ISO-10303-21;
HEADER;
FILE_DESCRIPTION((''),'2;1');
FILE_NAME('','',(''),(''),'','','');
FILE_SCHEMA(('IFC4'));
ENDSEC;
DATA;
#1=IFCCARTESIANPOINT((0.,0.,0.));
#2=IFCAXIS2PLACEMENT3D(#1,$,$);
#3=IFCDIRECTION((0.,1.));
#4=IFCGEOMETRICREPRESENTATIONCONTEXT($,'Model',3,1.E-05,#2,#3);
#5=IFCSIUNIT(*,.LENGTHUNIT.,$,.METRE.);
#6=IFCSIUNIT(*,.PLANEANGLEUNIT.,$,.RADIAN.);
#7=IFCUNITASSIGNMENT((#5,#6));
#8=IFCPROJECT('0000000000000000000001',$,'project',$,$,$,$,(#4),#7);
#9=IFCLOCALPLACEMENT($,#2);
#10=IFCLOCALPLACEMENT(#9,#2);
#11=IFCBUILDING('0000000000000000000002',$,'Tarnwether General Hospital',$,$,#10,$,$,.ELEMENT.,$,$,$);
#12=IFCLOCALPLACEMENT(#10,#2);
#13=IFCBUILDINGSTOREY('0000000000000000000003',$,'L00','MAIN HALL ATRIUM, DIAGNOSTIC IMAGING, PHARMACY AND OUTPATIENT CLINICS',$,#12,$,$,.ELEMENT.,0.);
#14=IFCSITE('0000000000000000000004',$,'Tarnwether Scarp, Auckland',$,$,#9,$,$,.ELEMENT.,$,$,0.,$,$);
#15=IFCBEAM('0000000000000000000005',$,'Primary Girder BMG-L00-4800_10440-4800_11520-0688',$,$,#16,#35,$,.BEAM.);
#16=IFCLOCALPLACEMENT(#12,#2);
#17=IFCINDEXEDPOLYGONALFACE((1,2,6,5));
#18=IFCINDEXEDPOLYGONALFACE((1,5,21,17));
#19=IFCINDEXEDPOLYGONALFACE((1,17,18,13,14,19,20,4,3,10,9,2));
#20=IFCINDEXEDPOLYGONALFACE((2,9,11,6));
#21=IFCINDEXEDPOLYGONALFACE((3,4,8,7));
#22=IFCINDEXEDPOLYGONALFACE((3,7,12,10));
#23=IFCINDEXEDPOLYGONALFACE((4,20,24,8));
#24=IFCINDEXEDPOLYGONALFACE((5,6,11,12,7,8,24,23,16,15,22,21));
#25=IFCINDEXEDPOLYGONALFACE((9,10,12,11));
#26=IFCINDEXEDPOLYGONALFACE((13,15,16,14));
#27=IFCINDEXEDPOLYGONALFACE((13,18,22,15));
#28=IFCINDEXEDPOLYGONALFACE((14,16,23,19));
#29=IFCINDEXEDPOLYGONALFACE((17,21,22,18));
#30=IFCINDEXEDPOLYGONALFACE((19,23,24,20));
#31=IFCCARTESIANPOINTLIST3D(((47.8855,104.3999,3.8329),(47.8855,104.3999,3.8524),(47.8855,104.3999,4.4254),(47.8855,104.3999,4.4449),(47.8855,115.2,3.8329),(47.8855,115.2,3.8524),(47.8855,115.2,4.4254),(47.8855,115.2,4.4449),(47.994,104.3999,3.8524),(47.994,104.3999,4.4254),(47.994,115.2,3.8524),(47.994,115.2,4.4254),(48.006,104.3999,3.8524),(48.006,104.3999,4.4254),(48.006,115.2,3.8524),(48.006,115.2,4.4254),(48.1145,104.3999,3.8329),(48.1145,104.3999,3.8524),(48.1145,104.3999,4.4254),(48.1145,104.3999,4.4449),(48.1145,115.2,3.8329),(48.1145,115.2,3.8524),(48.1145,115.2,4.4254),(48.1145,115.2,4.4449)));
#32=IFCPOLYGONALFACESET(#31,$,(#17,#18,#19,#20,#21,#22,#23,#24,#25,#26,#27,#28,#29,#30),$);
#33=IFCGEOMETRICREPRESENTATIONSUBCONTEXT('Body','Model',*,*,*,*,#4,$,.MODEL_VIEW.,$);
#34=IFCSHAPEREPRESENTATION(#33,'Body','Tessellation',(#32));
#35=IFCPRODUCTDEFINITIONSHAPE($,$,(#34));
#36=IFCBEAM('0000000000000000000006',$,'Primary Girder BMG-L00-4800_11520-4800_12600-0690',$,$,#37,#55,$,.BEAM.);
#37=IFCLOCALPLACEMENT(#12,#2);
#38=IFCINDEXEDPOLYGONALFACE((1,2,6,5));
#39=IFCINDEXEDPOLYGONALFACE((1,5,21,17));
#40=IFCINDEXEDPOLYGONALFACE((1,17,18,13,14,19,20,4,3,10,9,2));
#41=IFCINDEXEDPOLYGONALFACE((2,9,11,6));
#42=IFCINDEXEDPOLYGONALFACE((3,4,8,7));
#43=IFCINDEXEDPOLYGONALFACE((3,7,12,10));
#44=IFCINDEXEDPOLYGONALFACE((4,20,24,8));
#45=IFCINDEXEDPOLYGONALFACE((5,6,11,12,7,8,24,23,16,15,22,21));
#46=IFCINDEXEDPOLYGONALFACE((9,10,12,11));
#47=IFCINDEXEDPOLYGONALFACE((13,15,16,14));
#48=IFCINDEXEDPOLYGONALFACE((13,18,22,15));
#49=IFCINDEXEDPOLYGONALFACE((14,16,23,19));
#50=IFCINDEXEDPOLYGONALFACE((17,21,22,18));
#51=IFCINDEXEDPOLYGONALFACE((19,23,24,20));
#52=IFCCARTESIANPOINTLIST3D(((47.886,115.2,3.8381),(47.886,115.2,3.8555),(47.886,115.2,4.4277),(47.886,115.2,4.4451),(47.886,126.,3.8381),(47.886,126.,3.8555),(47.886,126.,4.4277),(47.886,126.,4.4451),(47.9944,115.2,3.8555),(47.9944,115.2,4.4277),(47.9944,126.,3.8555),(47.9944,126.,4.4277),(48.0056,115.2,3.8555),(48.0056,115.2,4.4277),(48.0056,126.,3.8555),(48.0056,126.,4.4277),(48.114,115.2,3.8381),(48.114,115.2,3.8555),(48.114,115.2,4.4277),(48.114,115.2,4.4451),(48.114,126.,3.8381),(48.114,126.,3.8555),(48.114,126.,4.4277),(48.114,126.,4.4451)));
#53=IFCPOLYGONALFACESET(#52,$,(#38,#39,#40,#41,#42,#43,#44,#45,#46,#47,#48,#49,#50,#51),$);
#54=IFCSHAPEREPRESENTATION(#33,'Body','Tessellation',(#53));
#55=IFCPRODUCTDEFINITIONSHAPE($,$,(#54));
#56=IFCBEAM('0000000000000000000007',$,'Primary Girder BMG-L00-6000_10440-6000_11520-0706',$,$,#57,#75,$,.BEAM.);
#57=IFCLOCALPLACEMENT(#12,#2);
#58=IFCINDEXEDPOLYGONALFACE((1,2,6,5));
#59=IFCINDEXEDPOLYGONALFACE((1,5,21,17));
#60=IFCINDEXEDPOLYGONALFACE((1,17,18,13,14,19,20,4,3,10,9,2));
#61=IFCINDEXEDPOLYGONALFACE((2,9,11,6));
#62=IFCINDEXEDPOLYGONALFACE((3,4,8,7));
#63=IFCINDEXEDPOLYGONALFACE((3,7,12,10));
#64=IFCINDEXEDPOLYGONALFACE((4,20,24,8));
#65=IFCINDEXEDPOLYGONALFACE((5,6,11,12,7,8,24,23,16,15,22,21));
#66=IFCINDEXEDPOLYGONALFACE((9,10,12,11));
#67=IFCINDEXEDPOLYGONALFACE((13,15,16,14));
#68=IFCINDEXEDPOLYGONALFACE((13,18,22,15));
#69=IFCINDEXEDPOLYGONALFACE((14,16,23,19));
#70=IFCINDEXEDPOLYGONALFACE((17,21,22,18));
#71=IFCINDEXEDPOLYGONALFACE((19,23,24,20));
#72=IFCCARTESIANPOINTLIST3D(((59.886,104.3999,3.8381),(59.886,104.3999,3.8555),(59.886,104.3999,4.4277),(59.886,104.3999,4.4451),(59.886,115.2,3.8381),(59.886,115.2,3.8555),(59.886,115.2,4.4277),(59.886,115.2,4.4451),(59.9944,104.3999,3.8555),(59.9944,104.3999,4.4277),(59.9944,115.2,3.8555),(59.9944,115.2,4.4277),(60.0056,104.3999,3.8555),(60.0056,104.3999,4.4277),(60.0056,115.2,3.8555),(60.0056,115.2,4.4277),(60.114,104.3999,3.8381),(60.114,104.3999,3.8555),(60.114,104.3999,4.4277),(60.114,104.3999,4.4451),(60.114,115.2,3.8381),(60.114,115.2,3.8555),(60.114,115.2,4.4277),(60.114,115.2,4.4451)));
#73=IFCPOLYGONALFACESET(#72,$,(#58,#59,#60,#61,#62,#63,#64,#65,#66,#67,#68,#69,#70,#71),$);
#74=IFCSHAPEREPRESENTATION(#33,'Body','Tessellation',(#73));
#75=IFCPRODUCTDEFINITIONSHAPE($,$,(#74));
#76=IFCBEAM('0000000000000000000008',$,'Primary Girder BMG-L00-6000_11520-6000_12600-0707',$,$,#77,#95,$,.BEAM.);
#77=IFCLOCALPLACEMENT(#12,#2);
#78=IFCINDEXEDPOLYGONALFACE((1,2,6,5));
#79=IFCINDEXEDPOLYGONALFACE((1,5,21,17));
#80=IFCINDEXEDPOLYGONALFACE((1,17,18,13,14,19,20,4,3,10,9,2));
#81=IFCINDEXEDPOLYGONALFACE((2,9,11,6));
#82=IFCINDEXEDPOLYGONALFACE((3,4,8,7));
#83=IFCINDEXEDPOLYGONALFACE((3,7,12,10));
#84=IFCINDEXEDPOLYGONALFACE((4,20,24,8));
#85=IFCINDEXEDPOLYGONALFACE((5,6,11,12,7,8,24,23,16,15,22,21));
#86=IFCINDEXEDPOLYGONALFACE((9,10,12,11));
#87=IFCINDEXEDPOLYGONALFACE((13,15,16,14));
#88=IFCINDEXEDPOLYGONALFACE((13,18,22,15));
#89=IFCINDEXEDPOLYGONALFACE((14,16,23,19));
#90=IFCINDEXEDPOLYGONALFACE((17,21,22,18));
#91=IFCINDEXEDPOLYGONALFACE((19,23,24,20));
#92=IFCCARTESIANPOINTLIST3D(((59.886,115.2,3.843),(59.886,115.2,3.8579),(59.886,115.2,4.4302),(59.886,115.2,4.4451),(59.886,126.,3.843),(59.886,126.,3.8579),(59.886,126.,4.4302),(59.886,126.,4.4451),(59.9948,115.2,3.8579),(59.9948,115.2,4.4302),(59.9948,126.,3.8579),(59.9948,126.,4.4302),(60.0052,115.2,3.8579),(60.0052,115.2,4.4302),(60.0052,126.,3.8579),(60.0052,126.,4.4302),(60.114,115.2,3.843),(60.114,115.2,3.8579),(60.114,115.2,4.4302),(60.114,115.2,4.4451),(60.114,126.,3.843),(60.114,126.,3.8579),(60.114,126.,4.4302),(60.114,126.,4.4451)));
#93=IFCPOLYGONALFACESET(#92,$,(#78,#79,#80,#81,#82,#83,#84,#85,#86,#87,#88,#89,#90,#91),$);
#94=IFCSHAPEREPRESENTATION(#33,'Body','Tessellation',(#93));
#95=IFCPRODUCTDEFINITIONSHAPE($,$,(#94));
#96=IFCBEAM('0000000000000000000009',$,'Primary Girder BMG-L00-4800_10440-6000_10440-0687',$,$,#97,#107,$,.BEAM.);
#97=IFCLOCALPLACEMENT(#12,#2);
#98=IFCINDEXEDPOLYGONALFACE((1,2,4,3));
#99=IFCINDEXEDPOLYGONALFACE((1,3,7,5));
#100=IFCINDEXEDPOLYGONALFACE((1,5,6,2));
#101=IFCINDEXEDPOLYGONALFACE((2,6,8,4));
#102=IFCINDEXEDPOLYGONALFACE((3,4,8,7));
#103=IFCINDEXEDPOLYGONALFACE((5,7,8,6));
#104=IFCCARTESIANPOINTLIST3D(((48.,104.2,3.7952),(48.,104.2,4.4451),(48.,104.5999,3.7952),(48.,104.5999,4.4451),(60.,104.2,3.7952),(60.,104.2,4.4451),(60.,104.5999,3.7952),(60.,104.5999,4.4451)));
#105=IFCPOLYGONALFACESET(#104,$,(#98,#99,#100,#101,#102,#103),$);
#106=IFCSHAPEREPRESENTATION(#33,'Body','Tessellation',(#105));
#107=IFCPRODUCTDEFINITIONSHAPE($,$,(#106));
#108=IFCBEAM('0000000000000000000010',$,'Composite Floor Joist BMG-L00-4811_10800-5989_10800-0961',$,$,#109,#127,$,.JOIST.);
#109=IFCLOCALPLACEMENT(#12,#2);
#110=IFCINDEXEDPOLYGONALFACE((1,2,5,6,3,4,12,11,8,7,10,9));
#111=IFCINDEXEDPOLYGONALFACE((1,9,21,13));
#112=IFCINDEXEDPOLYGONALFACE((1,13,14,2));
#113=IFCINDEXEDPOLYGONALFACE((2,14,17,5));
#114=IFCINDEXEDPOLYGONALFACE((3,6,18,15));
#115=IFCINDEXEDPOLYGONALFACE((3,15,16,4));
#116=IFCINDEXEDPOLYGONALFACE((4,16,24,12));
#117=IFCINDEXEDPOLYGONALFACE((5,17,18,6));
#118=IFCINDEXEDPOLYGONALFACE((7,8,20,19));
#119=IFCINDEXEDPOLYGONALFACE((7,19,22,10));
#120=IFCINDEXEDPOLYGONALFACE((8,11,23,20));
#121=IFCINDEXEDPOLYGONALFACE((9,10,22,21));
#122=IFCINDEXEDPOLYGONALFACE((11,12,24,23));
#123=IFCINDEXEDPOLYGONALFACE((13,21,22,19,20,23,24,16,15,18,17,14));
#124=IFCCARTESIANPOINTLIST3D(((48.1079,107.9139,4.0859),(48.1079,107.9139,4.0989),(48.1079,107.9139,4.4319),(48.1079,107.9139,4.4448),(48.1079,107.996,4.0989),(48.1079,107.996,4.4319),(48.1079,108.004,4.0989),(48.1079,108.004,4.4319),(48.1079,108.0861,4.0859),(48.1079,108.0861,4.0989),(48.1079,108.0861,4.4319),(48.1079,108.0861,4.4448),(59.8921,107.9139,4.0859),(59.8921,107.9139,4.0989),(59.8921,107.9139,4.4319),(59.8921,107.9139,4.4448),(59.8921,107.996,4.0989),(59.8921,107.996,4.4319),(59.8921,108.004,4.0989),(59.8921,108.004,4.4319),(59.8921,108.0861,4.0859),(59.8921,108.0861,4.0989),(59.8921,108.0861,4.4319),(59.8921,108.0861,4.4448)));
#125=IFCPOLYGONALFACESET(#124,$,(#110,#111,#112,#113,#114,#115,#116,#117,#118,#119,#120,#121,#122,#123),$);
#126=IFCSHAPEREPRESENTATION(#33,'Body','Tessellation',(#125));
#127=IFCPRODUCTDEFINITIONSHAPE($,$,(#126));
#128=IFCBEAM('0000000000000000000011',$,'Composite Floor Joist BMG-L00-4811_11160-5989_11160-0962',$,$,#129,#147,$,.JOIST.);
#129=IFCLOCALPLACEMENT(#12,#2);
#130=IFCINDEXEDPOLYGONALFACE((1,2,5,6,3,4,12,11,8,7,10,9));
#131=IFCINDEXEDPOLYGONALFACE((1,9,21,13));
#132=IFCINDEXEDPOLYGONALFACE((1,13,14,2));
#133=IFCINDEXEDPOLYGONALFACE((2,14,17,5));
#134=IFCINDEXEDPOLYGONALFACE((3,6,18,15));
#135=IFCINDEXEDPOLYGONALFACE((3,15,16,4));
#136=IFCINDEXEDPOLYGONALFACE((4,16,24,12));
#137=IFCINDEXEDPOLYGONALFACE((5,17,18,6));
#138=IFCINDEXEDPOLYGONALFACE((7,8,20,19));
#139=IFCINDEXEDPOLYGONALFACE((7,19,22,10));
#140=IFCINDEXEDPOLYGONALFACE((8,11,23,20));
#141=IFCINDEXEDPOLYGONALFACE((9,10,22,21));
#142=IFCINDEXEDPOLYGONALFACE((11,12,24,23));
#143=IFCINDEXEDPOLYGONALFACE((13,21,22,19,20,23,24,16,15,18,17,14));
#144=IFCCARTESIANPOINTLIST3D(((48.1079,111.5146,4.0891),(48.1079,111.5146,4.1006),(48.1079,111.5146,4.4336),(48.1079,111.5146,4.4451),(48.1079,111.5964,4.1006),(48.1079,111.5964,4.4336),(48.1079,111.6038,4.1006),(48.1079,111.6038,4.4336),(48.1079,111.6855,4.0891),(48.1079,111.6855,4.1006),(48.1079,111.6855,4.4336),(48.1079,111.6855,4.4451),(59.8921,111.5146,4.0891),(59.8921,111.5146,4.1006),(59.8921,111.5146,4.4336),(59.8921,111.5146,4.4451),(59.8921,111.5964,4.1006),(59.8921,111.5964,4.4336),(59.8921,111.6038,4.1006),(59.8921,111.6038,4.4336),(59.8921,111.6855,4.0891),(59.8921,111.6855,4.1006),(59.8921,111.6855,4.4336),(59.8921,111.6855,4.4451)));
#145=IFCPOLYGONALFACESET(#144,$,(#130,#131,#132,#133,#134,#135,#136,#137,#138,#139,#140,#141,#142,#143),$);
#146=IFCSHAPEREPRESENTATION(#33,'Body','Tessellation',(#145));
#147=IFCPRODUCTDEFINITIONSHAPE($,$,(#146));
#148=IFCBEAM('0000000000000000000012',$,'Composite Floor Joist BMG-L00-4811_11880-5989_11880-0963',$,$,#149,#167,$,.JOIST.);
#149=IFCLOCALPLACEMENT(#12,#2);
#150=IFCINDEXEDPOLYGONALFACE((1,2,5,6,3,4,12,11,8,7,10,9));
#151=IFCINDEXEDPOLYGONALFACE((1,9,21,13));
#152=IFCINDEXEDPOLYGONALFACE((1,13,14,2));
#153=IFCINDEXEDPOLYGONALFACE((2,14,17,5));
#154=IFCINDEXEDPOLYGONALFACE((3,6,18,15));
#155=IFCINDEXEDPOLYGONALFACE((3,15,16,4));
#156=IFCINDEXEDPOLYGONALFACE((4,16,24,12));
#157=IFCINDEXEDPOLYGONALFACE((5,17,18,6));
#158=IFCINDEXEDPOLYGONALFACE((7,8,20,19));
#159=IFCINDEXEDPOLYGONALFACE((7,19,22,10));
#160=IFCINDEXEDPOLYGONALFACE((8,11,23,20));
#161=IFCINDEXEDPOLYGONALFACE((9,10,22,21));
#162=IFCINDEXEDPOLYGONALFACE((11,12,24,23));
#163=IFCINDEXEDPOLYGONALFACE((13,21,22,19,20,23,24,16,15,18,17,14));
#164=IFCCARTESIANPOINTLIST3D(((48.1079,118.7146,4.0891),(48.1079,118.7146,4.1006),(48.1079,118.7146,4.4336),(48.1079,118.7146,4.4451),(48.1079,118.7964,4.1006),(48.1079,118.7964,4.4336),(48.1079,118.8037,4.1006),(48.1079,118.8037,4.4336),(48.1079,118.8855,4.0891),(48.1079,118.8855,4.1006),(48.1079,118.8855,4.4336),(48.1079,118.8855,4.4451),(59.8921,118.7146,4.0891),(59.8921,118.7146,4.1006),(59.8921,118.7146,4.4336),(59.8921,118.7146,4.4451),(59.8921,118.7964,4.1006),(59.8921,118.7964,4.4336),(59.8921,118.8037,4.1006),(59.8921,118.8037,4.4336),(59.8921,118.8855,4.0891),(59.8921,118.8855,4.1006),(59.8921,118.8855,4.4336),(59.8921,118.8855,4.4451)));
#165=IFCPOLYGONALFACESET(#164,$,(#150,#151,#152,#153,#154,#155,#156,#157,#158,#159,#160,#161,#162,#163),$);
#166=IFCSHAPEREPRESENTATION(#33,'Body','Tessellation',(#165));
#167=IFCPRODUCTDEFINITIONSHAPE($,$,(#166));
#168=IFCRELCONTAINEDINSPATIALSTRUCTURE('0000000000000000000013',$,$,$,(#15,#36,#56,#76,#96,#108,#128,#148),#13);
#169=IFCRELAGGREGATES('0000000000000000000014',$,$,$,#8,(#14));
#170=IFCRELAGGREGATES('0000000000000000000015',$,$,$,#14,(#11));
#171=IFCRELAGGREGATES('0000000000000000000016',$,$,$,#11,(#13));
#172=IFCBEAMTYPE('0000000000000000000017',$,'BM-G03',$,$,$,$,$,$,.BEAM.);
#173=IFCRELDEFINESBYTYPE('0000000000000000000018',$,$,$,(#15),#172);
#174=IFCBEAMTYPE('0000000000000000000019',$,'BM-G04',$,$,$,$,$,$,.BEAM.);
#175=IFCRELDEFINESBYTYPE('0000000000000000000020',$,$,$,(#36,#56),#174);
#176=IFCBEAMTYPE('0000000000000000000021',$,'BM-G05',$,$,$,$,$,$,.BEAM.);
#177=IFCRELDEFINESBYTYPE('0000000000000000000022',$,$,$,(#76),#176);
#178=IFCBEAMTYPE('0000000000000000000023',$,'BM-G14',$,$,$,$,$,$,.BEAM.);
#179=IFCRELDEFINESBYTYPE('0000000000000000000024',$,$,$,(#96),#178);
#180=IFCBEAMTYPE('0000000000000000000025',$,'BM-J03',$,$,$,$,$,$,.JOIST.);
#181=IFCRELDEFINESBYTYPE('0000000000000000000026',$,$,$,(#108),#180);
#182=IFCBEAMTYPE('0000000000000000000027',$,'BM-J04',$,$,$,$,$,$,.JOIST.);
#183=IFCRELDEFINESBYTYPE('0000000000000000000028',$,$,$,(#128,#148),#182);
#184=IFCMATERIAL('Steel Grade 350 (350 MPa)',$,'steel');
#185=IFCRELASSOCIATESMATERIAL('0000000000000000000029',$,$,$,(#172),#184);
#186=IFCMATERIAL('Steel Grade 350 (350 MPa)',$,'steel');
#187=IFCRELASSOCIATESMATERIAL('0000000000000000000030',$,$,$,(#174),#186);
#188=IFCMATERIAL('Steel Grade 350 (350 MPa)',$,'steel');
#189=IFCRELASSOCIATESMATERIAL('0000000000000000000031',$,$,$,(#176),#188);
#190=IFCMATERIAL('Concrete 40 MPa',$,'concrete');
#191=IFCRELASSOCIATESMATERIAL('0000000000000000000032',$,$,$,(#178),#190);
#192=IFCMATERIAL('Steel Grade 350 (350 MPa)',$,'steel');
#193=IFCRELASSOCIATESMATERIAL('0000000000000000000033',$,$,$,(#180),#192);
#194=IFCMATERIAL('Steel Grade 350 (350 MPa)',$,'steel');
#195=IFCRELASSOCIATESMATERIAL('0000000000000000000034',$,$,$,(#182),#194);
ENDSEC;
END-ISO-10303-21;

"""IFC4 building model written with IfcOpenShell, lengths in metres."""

from ifc_helpers import new_model, si_unit, direction, frame, origin, origin_2d, place, context, subcontext, project, spatial, rectangle, i_section, extrude, material, material_profile, profile_set, type_object, element, save


model = new_model("IFC4")

# Units and contexts
model_context = context("Model", 3, precision=1e-05, world=origin(), true_north=direction((0.0, 1.0)))
body_context = subcontext(model_context, "Body", "Model", "MODEL_VIEW")
ifc_project = project(units=[si_unit("LENGTHUNIT", "METRE"), si_unit("PLANEANGLEUNIT", "RADIAN")], contexts=[model_context])

# Site, building, storey
site_placement = place(None, origin())
site = spatial("IfcSite", under=ifc_project, at=site_placement, Name="Tarnwether Scarp, Auckland", CompositionType="ELEMENT", RefElevation=0.0)
building_placement = place(site_placement, origin())
building = spatial("IfcBuilding", under=site, at=building_placement, Name="Tarnwether General Hospital", CompositionType="ELEMENT")
storey_placement = place(building_placement, origin())
storey = spatial("IfcBuildingStorey", under=building, at=storey_placement, Name="L00", Description="MAIN HALL ATRIUM, DIAGNOSTIC IMAGING, PHARMACY AND OUTPATIENT CLINICS", CompositionType="ELEMENT", Elevation=0.0)

# Beams
ifc_material_1 = material(Name="Steel Grade 350 (350 MPa)", Category="steel")
ifc_material_profile_1 = material_profile(ifc_material_1, i_section(OverallWidth=0.229, OverallDepth=0.6121, WebThickness=0.012, FlangeThickness=0.0195, at=origin_2d()), Name="610UB125")
ifc_profile_set_1 = profile_set([ifc_material_profile_1], Name="Steel Grade 350 (350 MPa)")
beam_type_1 = type_object("IfcBeamType", Name="BM-G03", PredefinedType="BEAM", material=ifc_profile_set_1)
beam_1_placement = place(storey_placement, frame((48.0, 104.3999, 4.1389), z_axis=(0.0, 1.0, 0.0), x_axis=(-1.0, 0.0, 0.0)))
element("IfcBeam", 1, at=beam_1_placement, inside=storey, type_object=beam_type_1, Name="Primary Girder BMG-L00-4800_10440-4800_11520-0688", PredefinedType="BEAM", context=body_context, shape_type="SweptSolid", body=[
    extrude(i_section(OverallWidth=0.229, OverallDepth=0.6121, WebThickness=0.012, FlangeThickness=0.0195, at=origin_2d()), origin(), (0.0, 0.0, 1.0), 10.8),
])
ifc_material_2 = material(Name="Steel Grade 350 (350 MPa)", Category="steel")
ifc_material_profile_2 = material_profile(ifc_material_2, i_section(OverallWidth=0.228, OverallDepth=0.6069, WebThickness=0.0112, FlangeThickness=0.0173, at=origin_2d()), Name="610UB113")
ifc_profile_set_2 = profile_set([ifc_material_profile_2], Name="Steel Grade 350 (350 MPa)")
beam_type_2 = type_object("IfcBeamType", Name="BM-G04", PredefinedType="BEAM", material=ifc_profile_set_2)
for number, where, z_axis, x_axis, name in (
    (2, (48.0, 115.2, 4.1416), (0.0, 1.0, 0.0), (-1.0, 0.0, 0.0), "Primary Girder BMG-L00-4800_11520-4800_12600-0690"),
    (3, (60.0, 104.3999, 4.1416), (0.0, 1.0, 0.0), (-1.0, 0.0, 0.0), "Primary Girder BMG-L00-6000_10440-6000_11520-0706"),
):
    element("IfcBeam", number, at=place(storey_placement, frame(where, z_axis=z_axis, x_axis=x_axis)), inside=storey, type_object=beam_type_2, Name=name, PredefinedType="BEAM", context=body_context, shape_type="SweptSolid", body=[
        extrude(i_section(OverallWidth=0.228, OverallDepth=0.6069, WebThickness=0.0112, FlangeThickness=0.0173, at=origin_2d()), origin(), (0.0, 0.0, 1.0), 10.8),
    ])
ifc_material_3 = material(Name="Steel Grade 350 (350 MPa)", Category="steel")
ifc_material_profile_3 = material_profile(ifc_material_3, i_section(OverallWidth=0.228, OverallDepth=0.6021, WebThickness=0.0105, FlangeThickness=0.0149, at=origin_2d()), Name="610UB101")
ifc_profile_set_3 = profile_set([ifc_material_profile_3], Name="Steel Grade 350 (350 MPa)")
beam_type_3 = type_object("IfcBeamType", Name="BM-G05", PredefinedType="BEAM", material=ifc_profile_set_3)
beam_2_placement = place(storey_placement, frame((60.0, 115.2, 4.144), z_axis=(0.0, 1.0, 0.0), x_axis=(-1.0, 0.0, 0.0)))
element("IfcBeam", 4, at=beam_2_placement, inside=storey, type_object=beam_type_3, Name="Primary Girder BMG-L00-6000_11520-6000_12600-0707", PredefinedType="BEAM", context=body_context, shape_type="SweptSolid", body=[
    extrude(i_section(OverallWidth=0.228, OverallDepth=0.6021, WebThickness=0.0105, FlangeThickness=0.0149, at=origin_2d()), origin(), (0.0, 0.0, 1.0), 10.8),
])
ifc_material_4 = material(Name="Concrete 40 MPa", Category="concrete")
ifc_material_profile_4 = material_profile(ifc_material_4, rectangle(XDim=0.3999, YDim=0.6499, at=origin_2d()), Name="RC-BM-400x650")
ifc_profile_set_4 = profile_set([ifc_material_profile_4], Name="Concrete 40 MPa")
beam_type_4 = type_object("IfcBeamType", Name="BM-G14", PredefinedType="BEAM", material=ifc_profile_set_4)
beam_3_placement = place(storey_placement, frame((48.0, 104.3999, 4.1201), z_axis=(1.0, 0.0, 0.0), x_axis=(0.0, 1.0, 0.0)))
element("IfcBeam", 5, at=beam_3_placement, inside=storey, type_object=beam_type_4, Name="Primary Girder BMG-L00-4800_10440-6000_10440-0687", PredefinedType="BEAM", context=body_context, shape_type="SweptSolid", body=[
    extrude(rectangle(XDim=0.3999, YDim=0.6499, at=origin_2d()), origin(), (0.0, 0.0, 1.0), 12.0),
])
ifc_material_5 = material(Name="Steel Grade 350 (350 MPa)", Category="steel")
ifc_material_profile_5 = material_profile(ifc_material_5, i_section(OverallWidth=0.1721, OverallDepth=0.3589, WebThickness=0.0081, FlangeThickness=0.0129, at=origin_2d()), Name="360UB56.7")
ifc_profile_set_5 = profile_set([ifc_material_profile_5], Name="Steel Grade 350 (350 MPa)")
beam_type_5 = type_object("IfcBeamType", Name="BM-J03", PredefinedType="JOIST", material=ifc_profile_set_5)
beam_4_placement = place(storey_placement, frame((48.1079, 108.0, 4.2654), z_axis=(1.0, 0.0, 0.0), x_axis=(0.0, 1.0, 0.0)))
element("IfcBeam", 6, at=beam_4_placement, inside=storey, type_object=beam_type_5, Name="Composite Floor Joist BMG-L00-4811_10800-5989_10800-0961", PredefinedType="JOIST", context=body_context, shape_type="SweptSolid", body=[
    extrude(i_section(OverallWidth=0.1721, OverallDepth=0.3589, WebThickness=0.0081, FlangeThickness=0.0129, at=origin_2d()), origin(), (0.0, 0.0, 1.0), 11.7842),
])
ifc_material_6 = material(Name="Steel Grade 350 (350 MPa)", Category="steel")
ifc_material_profile_6 = material_profile(ifc_material_6, i_section(OverallWidth=0.1709, OverallDepth=0.356, WebThickness=0.0073, FlangeThickness=0.0115, at=origin_2d()), Name="360UB50.7")
ifc_profile_set_6 = profile_set([ifc_material_profile_6], Name="Steel Grade 350 (350 MPa)")
beam_type_6 = type_object("IfcBeamType", Name="BM-J04", PredefinedType="JOIST", material=ifc_profile_set_6)
for number, where, z_axis, x_axis, name in (
    (7, (48.1079, 111.6001, 4.2671), (1.0, 0.0, 0.0), (0.0, 1.0, 0.0), "Composite Floor Joist BMG-L00-4811_11160-5989_11160-0962"),
    (8, (48.1079, 118.8, 4.2671), (1.0, 0.0, 0.0), (0.0, 1.0, 0.0), "Composite Floor Joist BMG-L00-4811_11880-5989_11880-0963"),
):
    element("IfcBeam", number, at=place(storey_placement, frame(where, z_axis=z_axis, x_axis=x_axis)), inside=storey, type_object=beam_type_6, Name=name, PredefinedType="JOIST", context=body_context, shape_type="SweptSolid", body=[
        extrude(i_section(OverallWidth=0.1709, OverallDepth=0.356, WebThickness=0.0073, FlangeThickness=0.0115, at=origin_2d()), origin(), (0.0, 0.0, 1.0), 11.7842),
    ])

save(model, "model.ifc")
